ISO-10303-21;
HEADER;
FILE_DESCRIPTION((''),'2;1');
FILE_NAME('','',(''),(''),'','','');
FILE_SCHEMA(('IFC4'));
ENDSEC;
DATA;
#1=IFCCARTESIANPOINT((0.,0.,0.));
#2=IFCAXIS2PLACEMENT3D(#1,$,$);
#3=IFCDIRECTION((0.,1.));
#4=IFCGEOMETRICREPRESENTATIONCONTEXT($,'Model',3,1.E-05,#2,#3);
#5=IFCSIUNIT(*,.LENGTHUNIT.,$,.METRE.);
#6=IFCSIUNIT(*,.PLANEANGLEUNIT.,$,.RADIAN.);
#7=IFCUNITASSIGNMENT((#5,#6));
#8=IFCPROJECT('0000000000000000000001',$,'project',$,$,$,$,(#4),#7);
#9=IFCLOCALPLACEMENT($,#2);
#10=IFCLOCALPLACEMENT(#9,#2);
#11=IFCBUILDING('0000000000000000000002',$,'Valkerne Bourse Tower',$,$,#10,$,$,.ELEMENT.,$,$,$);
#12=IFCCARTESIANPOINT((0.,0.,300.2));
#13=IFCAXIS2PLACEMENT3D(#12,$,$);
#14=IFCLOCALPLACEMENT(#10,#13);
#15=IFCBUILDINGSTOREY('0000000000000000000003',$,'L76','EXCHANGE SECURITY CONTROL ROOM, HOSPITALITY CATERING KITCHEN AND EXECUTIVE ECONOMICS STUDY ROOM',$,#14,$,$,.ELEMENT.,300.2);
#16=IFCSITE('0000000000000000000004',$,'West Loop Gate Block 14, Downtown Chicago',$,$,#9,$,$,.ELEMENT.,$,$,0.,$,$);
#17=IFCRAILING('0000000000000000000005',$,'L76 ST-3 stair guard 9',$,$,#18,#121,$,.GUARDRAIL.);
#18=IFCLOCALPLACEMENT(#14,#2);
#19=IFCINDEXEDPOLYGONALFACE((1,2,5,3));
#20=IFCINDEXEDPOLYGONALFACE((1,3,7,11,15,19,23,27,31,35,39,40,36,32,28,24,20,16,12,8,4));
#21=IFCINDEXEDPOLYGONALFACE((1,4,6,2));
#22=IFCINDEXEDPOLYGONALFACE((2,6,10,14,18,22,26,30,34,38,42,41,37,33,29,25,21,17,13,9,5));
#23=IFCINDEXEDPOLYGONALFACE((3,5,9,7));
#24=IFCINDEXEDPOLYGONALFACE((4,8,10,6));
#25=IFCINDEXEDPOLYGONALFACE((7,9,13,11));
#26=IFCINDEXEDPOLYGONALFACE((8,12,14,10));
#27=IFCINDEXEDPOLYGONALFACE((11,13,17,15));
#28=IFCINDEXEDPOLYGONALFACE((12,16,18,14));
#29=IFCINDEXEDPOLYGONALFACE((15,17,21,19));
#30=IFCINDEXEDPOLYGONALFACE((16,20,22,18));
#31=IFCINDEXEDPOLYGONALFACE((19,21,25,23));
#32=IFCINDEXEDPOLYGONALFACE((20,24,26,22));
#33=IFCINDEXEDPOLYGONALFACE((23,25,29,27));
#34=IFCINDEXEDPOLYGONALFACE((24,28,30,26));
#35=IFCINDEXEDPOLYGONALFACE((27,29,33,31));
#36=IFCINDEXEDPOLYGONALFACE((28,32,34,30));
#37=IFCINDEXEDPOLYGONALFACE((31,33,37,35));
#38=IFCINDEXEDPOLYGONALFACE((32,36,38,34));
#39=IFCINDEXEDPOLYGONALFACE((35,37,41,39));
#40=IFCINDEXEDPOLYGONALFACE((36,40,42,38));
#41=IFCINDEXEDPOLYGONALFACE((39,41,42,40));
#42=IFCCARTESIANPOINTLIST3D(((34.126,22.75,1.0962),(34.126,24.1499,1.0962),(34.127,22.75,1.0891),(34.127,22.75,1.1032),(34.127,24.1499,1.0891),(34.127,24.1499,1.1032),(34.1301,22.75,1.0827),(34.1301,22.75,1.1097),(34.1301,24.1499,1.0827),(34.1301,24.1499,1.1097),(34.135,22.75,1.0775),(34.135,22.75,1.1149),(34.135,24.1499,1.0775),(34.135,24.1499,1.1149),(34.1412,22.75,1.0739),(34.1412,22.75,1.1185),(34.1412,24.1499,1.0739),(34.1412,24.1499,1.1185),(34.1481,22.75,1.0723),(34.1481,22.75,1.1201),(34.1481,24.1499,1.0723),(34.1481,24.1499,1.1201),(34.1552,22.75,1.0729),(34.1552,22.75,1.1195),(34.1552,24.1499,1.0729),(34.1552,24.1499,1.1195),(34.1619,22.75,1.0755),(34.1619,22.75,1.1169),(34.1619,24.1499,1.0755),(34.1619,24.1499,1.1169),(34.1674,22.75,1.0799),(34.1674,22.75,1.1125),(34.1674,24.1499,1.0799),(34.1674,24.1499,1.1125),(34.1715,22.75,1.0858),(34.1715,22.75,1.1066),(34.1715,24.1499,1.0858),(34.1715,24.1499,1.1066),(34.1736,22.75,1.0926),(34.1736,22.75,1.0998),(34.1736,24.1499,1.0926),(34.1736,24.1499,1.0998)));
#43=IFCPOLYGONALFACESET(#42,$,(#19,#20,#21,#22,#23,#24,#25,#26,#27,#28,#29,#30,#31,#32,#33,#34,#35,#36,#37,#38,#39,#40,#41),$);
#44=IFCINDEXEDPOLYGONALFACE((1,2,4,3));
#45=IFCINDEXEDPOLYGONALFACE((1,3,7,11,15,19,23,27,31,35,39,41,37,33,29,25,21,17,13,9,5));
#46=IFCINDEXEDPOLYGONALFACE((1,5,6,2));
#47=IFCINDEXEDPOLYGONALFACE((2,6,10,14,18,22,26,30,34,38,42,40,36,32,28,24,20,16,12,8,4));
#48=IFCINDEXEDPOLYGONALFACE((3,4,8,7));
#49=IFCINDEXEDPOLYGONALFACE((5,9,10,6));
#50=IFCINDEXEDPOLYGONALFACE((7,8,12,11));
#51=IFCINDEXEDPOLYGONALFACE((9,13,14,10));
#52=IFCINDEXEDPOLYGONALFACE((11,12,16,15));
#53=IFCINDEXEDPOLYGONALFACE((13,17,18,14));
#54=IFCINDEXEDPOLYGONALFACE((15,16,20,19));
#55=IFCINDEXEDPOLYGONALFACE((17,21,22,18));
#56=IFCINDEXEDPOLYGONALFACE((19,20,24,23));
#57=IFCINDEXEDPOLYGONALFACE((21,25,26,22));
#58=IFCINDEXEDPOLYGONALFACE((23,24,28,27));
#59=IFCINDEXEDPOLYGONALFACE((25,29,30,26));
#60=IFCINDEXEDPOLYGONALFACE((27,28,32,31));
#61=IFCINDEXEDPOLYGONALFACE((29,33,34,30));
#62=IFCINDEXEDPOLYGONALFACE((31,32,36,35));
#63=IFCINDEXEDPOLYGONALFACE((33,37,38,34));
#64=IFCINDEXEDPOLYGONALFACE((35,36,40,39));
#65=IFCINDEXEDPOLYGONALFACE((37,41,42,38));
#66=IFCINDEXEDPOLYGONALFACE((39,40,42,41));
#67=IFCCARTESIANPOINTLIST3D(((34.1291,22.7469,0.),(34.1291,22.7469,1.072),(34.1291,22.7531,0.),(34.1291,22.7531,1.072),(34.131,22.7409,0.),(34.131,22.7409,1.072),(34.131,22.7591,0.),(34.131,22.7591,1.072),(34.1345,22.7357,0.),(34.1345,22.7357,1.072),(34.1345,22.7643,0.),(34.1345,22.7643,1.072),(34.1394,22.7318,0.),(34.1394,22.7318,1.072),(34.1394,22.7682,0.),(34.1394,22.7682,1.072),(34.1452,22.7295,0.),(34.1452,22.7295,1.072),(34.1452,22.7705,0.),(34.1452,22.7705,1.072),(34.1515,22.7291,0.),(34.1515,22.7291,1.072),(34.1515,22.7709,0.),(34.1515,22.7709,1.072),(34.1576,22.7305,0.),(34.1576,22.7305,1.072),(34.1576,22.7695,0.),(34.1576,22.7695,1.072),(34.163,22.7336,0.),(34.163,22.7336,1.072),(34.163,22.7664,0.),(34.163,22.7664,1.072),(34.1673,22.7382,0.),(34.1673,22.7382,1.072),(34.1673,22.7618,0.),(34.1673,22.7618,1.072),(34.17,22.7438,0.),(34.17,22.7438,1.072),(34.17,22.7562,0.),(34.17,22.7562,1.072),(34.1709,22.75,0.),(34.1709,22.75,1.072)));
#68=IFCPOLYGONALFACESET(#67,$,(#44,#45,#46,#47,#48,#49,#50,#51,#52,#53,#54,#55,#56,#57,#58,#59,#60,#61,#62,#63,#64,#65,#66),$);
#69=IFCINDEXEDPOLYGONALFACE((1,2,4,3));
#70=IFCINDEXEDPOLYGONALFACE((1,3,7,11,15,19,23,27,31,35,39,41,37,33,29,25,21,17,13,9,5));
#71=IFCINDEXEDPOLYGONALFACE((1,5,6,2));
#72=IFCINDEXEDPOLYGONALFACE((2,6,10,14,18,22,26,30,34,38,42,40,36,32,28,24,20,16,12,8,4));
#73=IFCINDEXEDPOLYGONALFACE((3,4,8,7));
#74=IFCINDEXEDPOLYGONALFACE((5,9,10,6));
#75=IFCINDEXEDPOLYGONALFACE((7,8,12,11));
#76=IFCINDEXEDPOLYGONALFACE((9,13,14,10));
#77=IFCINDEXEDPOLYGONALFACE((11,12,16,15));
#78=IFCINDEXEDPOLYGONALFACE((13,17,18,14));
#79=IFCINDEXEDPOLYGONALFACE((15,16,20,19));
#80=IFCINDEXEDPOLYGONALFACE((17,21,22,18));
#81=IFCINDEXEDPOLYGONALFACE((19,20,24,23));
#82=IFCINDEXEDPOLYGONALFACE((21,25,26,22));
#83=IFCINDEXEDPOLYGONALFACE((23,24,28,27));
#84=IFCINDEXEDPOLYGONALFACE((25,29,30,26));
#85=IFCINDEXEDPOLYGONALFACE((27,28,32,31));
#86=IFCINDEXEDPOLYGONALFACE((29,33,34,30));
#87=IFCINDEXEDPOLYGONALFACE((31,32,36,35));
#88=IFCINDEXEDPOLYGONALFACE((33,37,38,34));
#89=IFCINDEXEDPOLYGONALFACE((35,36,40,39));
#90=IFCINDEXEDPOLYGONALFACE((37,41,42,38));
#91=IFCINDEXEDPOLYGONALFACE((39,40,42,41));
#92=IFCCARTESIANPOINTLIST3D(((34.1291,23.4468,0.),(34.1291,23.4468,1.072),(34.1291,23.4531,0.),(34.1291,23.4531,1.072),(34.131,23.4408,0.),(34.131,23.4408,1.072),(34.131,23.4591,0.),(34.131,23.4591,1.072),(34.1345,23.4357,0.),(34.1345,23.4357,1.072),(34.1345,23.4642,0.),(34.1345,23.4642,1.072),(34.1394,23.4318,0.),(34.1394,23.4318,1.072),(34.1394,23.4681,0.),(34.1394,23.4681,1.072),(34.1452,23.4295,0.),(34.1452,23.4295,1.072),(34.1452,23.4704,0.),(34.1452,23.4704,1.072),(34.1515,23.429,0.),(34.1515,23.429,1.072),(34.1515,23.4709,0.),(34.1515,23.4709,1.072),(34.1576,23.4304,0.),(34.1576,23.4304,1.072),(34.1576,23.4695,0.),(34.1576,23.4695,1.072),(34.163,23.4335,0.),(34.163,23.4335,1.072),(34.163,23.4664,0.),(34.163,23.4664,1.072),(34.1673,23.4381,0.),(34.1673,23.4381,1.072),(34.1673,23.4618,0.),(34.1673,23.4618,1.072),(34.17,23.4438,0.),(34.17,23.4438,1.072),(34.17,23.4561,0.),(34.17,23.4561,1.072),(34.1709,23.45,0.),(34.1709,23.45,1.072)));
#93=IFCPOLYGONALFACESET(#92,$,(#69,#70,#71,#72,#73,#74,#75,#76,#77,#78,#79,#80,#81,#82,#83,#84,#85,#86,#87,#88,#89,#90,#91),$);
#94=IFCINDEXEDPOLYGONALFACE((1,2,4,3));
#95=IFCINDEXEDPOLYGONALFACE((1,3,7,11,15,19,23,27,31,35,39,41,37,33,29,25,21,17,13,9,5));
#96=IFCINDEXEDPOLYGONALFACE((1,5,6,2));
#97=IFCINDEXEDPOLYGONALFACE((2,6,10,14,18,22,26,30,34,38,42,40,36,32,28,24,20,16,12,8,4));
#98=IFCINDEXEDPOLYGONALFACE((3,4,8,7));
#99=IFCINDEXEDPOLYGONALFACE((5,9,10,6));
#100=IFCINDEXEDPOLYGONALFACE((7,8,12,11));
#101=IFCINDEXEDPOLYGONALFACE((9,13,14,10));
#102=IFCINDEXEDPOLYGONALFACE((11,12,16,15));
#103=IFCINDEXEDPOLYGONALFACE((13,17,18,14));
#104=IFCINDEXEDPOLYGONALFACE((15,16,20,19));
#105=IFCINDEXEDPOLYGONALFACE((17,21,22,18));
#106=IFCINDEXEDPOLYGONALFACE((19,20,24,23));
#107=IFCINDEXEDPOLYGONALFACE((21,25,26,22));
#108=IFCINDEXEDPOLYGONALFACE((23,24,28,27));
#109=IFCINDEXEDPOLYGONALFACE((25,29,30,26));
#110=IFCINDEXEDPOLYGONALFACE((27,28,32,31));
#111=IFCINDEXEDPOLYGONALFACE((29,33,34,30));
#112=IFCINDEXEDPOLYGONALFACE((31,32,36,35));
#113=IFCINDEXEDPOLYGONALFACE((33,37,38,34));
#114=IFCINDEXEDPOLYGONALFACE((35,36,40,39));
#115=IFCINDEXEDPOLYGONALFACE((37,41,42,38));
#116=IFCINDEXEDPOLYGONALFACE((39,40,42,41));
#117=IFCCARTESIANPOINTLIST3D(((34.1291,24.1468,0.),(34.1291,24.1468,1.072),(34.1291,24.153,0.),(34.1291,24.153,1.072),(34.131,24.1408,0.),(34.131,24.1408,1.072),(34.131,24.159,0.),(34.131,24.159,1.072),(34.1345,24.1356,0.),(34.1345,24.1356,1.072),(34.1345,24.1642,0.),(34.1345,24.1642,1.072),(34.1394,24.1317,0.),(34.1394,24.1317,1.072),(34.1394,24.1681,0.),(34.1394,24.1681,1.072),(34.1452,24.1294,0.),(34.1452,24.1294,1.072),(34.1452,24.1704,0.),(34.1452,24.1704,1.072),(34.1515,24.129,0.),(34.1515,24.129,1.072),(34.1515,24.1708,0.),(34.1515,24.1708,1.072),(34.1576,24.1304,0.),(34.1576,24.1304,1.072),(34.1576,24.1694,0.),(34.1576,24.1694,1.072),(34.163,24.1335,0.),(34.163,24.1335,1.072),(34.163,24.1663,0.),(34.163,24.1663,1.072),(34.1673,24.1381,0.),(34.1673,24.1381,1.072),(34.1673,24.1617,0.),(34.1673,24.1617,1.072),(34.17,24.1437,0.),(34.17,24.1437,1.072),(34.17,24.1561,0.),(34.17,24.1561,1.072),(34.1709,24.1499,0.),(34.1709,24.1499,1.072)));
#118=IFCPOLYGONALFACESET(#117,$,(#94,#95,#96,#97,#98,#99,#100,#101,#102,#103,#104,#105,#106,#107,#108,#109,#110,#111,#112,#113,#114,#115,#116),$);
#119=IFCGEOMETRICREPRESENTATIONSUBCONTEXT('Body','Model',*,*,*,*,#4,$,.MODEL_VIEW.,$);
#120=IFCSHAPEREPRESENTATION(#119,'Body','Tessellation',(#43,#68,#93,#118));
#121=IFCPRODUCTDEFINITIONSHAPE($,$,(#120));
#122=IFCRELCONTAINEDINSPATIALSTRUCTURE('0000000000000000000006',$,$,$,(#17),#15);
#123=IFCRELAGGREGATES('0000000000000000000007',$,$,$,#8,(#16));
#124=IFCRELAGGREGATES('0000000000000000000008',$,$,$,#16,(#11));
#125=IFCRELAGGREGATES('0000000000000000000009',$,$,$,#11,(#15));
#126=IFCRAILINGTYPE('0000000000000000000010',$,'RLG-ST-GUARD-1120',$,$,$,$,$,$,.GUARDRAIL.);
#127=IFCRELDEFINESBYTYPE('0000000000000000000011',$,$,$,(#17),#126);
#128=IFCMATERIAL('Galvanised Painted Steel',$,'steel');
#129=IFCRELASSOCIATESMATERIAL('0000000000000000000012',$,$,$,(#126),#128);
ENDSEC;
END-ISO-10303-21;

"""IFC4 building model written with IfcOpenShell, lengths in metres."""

from ifc_helpers import new_model, si_unit, direction, frame, origin, origin_2d, place, context, subcontext, project, spatial, circle, extrude, material, type_object, element, save


model = new_model("IFC4")

# Units and contexts
model_context = context("Model", 3, precision=1e-05, world=origin(), true_north=direction((0.0, 1.0)))
body_context = subcontext(model_context, "Body", "Model", "MODEL_VIEW")
ifc_project = project(units=[si_unit("LENGTHUNIT", "METRE"), si_unit("PLANEANGLEUNIT", "RADIAN")], contexts=[model_context])

# Site, building, storey
site_placement = place(None, origin())
site = spatial("IfcSite", under=ifc_project, at=site_placement, Name="West Loop Gate Block 14, Downtown Chicago", CompositionType="ELEMENT", RefElevation=0.0)
building_placement = place(site_placement, origin())
building = spatial("IfcBuilding", under=site, at=building_placement, Name="Valkerne Bourse Tower", CompositionType="ELEMENT")
storey_placement = place(building_placement, frame((0.0, 0.0, 300.2)))
storey = spatial("IfcBuildingStorey", under=building, at=storey_placement, Name="L76", Description="EXCHANGE SECURITY CONTROL ROOM, HOSPITALITY CATERING KITCHEN AND EXECUTIVE ECONOMICS STUDY ROOM", CompositionType="ELEMENT", Elevation=300.2)

# Shared definitions
ifc_material_1 = material(Name="Galvanised Painted Steel", Category="steel")

# Railing
railing_type = type_object("IfcRailingType", Name="RLG-ST-GUARD-1120", PredefinedType="GUARDRAIL", material=ifc_material_1)
railing_1_placement = place(storey_placement, frame((34.1499, 22.75, 0.0)))
element("IfcRailing", 1, at=railing_1_placement, inside=storey, type_object=railing_type, Name="L76 ST-3 stair guard 9", PredefinedType="GUARDRAIL", context=body_context, shape_type="SweptSolid", body=[
    extrude(circle(Radius=0.0239, at=origin_2d()), frame((0.0, 0.0, 1.0962), z_axis=(0.0, 1.0, 0.0), x_axis=(-1.0, 0.0, 0.0)), (0.0, 0.0, 1.0), 1.3999),
    extrude(circle(Radius=0.021, at=origin_2d()), origin(), (0.0, 0.0, 1.0), 1.072),
    extrude(circle(Radius=0.021, at=origin_2d()), frame((0.0, 0.7, 0.0)), (0.0, 0.0, 1.0), 1.072),
    extrude(circle(Radius=0.021, at=origin_2d()), frame((0.0, 1.3999, 0.0)), (0.0, 0.0, 1.0), 1.072),
])

save(model, "model.ifc")
